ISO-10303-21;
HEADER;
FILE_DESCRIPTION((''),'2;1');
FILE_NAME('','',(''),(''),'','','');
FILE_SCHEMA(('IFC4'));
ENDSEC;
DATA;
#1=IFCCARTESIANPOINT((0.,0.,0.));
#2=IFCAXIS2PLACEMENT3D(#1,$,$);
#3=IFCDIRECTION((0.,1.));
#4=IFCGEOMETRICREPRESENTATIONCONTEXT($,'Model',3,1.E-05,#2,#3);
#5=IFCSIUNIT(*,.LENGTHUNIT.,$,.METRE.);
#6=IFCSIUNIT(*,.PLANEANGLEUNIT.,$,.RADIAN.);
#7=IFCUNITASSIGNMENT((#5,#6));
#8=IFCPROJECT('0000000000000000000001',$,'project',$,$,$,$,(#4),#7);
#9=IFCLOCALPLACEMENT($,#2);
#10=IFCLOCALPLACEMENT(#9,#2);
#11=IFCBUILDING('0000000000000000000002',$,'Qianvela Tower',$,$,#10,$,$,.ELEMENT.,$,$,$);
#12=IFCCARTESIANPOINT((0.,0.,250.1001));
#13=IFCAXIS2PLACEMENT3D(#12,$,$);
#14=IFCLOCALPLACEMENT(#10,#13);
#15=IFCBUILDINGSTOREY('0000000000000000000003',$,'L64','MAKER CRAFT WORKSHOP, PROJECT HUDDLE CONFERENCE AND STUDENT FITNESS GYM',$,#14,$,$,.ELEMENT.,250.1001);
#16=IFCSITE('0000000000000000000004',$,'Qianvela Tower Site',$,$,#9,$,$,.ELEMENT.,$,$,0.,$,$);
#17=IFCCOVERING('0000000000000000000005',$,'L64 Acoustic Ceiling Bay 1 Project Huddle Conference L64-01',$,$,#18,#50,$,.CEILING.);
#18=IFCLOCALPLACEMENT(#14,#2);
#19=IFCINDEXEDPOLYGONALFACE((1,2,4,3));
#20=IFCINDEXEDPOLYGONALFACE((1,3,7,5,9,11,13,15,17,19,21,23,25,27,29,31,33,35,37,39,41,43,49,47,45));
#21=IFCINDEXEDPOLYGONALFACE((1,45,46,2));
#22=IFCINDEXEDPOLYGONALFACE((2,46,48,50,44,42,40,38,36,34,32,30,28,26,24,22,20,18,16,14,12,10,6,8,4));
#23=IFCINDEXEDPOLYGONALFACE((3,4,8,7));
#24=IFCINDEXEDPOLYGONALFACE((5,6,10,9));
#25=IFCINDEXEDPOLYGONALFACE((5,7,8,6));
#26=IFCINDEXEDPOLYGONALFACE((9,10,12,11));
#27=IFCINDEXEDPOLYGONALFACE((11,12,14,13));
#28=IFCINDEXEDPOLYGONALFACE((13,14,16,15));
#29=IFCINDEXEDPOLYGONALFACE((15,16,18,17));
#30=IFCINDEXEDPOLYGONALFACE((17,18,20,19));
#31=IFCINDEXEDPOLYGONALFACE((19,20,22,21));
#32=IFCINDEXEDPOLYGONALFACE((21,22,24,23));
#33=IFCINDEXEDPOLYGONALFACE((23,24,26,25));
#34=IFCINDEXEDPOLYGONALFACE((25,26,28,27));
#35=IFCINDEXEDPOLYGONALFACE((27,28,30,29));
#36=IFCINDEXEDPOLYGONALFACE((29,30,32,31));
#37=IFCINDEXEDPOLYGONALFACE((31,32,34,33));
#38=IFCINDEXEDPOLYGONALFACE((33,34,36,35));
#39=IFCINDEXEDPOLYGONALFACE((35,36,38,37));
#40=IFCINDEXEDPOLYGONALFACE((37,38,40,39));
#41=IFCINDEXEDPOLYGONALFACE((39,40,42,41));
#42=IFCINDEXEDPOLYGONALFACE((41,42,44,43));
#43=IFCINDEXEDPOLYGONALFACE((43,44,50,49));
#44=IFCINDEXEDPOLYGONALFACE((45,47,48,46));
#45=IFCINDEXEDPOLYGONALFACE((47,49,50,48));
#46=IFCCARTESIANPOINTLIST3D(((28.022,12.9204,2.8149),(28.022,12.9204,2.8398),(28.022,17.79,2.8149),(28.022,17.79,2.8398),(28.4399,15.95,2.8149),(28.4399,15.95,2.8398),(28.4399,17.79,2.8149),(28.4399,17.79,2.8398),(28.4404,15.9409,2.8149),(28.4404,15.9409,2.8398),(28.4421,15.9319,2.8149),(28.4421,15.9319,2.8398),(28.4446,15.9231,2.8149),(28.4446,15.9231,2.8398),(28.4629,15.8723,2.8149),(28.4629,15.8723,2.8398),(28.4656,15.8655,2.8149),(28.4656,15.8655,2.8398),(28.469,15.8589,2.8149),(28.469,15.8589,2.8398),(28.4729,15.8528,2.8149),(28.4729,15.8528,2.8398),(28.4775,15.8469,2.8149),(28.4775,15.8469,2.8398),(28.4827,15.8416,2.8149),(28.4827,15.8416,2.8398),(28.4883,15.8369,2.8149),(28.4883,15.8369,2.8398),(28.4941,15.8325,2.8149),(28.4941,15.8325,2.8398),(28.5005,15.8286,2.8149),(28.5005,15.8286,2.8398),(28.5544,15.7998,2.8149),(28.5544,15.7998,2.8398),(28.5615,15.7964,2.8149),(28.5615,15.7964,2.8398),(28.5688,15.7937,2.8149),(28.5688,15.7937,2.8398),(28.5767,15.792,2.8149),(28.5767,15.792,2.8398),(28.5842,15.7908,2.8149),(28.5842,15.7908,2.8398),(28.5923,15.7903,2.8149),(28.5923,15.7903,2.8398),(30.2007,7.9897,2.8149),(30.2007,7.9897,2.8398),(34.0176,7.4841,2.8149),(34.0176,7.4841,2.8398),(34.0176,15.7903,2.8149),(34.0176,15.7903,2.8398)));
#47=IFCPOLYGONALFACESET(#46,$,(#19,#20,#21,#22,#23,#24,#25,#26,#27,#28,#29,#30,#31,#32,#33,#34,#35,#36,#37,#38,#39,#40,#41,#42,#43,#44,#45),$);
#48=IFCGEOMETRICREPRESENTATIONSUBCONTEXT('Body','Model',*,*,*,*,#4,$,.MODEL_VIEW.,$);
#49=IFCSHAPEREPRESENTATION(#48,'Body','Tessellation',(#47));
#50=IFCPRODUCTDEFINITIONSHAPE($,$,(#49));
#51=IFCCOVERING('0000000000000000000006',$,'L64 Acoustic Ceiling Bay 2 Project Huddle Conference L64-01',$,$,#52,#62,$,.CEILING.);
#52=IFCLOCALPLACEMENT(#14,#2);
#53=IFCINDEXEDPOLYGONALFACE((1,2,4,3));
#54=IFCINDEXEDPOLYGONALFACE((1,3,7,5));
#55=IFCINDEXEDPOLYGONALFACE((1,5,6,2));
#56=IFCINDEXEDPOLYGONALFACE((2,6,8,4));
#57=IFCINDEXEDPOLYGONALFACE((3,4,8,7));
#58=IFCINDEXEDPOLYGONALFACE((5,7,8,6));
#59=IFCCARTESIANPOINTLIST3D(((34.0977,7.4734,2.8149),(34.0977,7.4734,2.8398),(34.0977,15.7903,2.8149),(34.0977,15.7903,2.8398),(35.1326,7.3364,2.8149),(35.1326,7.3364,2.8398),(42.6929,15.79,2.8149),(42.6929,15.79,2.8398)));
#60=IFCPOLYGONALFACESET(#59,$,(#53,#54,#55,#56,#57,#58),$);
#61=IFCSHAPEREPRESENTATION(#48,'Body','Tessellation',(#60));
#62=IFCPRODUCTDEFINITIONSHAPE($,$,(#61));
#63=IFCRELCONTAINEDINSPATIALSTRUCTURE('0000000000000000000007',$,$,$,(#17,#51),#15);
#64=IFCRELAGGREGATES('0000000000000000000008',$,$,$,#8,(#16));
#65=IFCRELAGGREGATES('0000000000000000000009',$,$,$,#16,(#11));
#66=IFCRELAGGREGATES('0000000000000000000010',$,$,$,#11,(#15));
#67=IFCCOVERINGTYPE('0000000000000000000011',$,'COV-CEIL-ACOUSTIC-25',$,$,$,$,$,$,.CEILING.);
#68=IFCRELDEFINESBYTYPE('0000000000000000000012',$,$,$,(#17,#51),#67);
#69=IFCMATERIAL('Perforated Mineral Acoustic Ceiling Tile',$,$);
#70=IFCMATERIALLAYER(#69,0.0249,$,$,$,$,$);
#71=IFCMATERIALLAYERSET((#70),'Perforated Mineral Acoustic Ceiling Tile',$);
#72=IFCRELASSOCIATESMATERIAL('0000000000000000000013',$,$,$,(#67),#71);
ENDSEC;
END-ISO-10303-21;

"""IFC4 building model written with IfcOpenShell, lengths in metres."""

from ifc_helpers import new_model, si_unit, direction, frame, origin, place, context, subcontext, project, spatial, polyline, outline, extrude, material, layer, layer_set, type_object, element, save


model = new_model("IFC4")

# Units and contexts
model_context = context("Model", 3, precision=1e-05, world=origin(), true_north=direction((0.0, 1.0)))
body_context = subcontext(model_context, "Body", "Model", "MODEL_VIEW")
ifc_project = project(units=[si_unit("LENGTHUNIT", "METRE"), si_unit("PLANEANGLEUNIT", "RADIAN")], contexts=[model_context])

# Site, building, storey
site_placement = place(None, origin())
site = spatial("IfcSite", under=ifc_project, at=site_placement, Name="Qianvela Tower Site", CompositionType="ELEMENT", RefElevation=0.0)
building_placement = place(site_placement, origin())
building = spatial("IfcBuilding", under=site, at=building_placement, Name="Qianvela Tower", CompositionType="ELEMENT")
storey_placement = place(building_placement, frame((0.0, 0.0, 250.1001)))
storey = spatial("IfcBuildingStorey", under=building, at=storey_placement, Name="L64", Description="MAKER CRAFT WORKSHOP, PROJECT HUDDLE CONFERENCE AND STUDENT FITNESS GYM", CompositionType="ELEMENT", Elevation=250.1001)

# Coverings
ifc_material_1 = material(Name="Perforated Mineral Acoustic Ceiling Tile")
ifc_layer_1 = layer(ifc_material_1, 0.0249)
ifc_layer_set_1 = layer_set([ifc_layer_1], Name="Perforated Mineral Acoustic Ceiling Tile")
covering_type_1 = type_object("IfcCoveringType", Name="COV-CEIL-ACOUSTIC-25", PredefinedType="CEILING", material=ifc_layer_set_1)
covering_1_placement = place(storey_placement, frame((0.0, 0.0, 2.8149)))
element("IfcCovering", 1, at=covering_1_placement, inside=storey, type_object=covering_type_1, Name="L64 Acoustic Ceiling Bay 1 Project Huddle Conference L64-01", PredefinedType="CEILING", context=body_context, shape_type="SweptSolid", body=[
    extrude(outline(polyline([(28.022, 17.79), (28.4399, 17.79), (28.4399, 15.95), (28.4404, 15.9409), (28.4421, 15.9319), (28.4446, 15.9231), (28.4629, 15.8723), (28.4656, 15.8655), (28.469, 15.8589), (28.4729, 15.8528), (28.4775, 15.8469), (28.4827, 15.8416), (28.4883, 15.8369), (28.4941, 15.8325), (28.5005, 15.8286), (28.5544, 15.7998), (28.5615, 15.7964), (28.5688, 15.7937), (28.5767, 15.792), (28.5842, 15.7908), (28.5923, 15.7903), (34.0176, 15.7903), (34.0176, 7.4841), (30.2007, 7.9897), (28.022, 12.9204), (28.022, 17.79)])), origin(), (0.0, 0.0, 1.0), 0.0249),
])
covering_2_placement = place(storey_placement, frame((0.0, 0.0, 2.8149)))
element("IfcCovering", 2, at=covering_2_placement, inside=storey, type_object=covering_type_1, Name="L64 Acoustic Ceiling Bay 2 Project Huddle Conference L64-01", PredefinedType="CEILING", context=body_context, shape_type="SweptSolid", body=[
    extrude(outline(polyline([(42.6929, 15.79), (35.1326, 7.3364), (34.0977, 7.4734), (34.0977, 15.7903), (42.6929, 15.79)])), origin(), (0.0, 0.0, 1.0), 0.0249),
])

save(model, "model.ifc")
